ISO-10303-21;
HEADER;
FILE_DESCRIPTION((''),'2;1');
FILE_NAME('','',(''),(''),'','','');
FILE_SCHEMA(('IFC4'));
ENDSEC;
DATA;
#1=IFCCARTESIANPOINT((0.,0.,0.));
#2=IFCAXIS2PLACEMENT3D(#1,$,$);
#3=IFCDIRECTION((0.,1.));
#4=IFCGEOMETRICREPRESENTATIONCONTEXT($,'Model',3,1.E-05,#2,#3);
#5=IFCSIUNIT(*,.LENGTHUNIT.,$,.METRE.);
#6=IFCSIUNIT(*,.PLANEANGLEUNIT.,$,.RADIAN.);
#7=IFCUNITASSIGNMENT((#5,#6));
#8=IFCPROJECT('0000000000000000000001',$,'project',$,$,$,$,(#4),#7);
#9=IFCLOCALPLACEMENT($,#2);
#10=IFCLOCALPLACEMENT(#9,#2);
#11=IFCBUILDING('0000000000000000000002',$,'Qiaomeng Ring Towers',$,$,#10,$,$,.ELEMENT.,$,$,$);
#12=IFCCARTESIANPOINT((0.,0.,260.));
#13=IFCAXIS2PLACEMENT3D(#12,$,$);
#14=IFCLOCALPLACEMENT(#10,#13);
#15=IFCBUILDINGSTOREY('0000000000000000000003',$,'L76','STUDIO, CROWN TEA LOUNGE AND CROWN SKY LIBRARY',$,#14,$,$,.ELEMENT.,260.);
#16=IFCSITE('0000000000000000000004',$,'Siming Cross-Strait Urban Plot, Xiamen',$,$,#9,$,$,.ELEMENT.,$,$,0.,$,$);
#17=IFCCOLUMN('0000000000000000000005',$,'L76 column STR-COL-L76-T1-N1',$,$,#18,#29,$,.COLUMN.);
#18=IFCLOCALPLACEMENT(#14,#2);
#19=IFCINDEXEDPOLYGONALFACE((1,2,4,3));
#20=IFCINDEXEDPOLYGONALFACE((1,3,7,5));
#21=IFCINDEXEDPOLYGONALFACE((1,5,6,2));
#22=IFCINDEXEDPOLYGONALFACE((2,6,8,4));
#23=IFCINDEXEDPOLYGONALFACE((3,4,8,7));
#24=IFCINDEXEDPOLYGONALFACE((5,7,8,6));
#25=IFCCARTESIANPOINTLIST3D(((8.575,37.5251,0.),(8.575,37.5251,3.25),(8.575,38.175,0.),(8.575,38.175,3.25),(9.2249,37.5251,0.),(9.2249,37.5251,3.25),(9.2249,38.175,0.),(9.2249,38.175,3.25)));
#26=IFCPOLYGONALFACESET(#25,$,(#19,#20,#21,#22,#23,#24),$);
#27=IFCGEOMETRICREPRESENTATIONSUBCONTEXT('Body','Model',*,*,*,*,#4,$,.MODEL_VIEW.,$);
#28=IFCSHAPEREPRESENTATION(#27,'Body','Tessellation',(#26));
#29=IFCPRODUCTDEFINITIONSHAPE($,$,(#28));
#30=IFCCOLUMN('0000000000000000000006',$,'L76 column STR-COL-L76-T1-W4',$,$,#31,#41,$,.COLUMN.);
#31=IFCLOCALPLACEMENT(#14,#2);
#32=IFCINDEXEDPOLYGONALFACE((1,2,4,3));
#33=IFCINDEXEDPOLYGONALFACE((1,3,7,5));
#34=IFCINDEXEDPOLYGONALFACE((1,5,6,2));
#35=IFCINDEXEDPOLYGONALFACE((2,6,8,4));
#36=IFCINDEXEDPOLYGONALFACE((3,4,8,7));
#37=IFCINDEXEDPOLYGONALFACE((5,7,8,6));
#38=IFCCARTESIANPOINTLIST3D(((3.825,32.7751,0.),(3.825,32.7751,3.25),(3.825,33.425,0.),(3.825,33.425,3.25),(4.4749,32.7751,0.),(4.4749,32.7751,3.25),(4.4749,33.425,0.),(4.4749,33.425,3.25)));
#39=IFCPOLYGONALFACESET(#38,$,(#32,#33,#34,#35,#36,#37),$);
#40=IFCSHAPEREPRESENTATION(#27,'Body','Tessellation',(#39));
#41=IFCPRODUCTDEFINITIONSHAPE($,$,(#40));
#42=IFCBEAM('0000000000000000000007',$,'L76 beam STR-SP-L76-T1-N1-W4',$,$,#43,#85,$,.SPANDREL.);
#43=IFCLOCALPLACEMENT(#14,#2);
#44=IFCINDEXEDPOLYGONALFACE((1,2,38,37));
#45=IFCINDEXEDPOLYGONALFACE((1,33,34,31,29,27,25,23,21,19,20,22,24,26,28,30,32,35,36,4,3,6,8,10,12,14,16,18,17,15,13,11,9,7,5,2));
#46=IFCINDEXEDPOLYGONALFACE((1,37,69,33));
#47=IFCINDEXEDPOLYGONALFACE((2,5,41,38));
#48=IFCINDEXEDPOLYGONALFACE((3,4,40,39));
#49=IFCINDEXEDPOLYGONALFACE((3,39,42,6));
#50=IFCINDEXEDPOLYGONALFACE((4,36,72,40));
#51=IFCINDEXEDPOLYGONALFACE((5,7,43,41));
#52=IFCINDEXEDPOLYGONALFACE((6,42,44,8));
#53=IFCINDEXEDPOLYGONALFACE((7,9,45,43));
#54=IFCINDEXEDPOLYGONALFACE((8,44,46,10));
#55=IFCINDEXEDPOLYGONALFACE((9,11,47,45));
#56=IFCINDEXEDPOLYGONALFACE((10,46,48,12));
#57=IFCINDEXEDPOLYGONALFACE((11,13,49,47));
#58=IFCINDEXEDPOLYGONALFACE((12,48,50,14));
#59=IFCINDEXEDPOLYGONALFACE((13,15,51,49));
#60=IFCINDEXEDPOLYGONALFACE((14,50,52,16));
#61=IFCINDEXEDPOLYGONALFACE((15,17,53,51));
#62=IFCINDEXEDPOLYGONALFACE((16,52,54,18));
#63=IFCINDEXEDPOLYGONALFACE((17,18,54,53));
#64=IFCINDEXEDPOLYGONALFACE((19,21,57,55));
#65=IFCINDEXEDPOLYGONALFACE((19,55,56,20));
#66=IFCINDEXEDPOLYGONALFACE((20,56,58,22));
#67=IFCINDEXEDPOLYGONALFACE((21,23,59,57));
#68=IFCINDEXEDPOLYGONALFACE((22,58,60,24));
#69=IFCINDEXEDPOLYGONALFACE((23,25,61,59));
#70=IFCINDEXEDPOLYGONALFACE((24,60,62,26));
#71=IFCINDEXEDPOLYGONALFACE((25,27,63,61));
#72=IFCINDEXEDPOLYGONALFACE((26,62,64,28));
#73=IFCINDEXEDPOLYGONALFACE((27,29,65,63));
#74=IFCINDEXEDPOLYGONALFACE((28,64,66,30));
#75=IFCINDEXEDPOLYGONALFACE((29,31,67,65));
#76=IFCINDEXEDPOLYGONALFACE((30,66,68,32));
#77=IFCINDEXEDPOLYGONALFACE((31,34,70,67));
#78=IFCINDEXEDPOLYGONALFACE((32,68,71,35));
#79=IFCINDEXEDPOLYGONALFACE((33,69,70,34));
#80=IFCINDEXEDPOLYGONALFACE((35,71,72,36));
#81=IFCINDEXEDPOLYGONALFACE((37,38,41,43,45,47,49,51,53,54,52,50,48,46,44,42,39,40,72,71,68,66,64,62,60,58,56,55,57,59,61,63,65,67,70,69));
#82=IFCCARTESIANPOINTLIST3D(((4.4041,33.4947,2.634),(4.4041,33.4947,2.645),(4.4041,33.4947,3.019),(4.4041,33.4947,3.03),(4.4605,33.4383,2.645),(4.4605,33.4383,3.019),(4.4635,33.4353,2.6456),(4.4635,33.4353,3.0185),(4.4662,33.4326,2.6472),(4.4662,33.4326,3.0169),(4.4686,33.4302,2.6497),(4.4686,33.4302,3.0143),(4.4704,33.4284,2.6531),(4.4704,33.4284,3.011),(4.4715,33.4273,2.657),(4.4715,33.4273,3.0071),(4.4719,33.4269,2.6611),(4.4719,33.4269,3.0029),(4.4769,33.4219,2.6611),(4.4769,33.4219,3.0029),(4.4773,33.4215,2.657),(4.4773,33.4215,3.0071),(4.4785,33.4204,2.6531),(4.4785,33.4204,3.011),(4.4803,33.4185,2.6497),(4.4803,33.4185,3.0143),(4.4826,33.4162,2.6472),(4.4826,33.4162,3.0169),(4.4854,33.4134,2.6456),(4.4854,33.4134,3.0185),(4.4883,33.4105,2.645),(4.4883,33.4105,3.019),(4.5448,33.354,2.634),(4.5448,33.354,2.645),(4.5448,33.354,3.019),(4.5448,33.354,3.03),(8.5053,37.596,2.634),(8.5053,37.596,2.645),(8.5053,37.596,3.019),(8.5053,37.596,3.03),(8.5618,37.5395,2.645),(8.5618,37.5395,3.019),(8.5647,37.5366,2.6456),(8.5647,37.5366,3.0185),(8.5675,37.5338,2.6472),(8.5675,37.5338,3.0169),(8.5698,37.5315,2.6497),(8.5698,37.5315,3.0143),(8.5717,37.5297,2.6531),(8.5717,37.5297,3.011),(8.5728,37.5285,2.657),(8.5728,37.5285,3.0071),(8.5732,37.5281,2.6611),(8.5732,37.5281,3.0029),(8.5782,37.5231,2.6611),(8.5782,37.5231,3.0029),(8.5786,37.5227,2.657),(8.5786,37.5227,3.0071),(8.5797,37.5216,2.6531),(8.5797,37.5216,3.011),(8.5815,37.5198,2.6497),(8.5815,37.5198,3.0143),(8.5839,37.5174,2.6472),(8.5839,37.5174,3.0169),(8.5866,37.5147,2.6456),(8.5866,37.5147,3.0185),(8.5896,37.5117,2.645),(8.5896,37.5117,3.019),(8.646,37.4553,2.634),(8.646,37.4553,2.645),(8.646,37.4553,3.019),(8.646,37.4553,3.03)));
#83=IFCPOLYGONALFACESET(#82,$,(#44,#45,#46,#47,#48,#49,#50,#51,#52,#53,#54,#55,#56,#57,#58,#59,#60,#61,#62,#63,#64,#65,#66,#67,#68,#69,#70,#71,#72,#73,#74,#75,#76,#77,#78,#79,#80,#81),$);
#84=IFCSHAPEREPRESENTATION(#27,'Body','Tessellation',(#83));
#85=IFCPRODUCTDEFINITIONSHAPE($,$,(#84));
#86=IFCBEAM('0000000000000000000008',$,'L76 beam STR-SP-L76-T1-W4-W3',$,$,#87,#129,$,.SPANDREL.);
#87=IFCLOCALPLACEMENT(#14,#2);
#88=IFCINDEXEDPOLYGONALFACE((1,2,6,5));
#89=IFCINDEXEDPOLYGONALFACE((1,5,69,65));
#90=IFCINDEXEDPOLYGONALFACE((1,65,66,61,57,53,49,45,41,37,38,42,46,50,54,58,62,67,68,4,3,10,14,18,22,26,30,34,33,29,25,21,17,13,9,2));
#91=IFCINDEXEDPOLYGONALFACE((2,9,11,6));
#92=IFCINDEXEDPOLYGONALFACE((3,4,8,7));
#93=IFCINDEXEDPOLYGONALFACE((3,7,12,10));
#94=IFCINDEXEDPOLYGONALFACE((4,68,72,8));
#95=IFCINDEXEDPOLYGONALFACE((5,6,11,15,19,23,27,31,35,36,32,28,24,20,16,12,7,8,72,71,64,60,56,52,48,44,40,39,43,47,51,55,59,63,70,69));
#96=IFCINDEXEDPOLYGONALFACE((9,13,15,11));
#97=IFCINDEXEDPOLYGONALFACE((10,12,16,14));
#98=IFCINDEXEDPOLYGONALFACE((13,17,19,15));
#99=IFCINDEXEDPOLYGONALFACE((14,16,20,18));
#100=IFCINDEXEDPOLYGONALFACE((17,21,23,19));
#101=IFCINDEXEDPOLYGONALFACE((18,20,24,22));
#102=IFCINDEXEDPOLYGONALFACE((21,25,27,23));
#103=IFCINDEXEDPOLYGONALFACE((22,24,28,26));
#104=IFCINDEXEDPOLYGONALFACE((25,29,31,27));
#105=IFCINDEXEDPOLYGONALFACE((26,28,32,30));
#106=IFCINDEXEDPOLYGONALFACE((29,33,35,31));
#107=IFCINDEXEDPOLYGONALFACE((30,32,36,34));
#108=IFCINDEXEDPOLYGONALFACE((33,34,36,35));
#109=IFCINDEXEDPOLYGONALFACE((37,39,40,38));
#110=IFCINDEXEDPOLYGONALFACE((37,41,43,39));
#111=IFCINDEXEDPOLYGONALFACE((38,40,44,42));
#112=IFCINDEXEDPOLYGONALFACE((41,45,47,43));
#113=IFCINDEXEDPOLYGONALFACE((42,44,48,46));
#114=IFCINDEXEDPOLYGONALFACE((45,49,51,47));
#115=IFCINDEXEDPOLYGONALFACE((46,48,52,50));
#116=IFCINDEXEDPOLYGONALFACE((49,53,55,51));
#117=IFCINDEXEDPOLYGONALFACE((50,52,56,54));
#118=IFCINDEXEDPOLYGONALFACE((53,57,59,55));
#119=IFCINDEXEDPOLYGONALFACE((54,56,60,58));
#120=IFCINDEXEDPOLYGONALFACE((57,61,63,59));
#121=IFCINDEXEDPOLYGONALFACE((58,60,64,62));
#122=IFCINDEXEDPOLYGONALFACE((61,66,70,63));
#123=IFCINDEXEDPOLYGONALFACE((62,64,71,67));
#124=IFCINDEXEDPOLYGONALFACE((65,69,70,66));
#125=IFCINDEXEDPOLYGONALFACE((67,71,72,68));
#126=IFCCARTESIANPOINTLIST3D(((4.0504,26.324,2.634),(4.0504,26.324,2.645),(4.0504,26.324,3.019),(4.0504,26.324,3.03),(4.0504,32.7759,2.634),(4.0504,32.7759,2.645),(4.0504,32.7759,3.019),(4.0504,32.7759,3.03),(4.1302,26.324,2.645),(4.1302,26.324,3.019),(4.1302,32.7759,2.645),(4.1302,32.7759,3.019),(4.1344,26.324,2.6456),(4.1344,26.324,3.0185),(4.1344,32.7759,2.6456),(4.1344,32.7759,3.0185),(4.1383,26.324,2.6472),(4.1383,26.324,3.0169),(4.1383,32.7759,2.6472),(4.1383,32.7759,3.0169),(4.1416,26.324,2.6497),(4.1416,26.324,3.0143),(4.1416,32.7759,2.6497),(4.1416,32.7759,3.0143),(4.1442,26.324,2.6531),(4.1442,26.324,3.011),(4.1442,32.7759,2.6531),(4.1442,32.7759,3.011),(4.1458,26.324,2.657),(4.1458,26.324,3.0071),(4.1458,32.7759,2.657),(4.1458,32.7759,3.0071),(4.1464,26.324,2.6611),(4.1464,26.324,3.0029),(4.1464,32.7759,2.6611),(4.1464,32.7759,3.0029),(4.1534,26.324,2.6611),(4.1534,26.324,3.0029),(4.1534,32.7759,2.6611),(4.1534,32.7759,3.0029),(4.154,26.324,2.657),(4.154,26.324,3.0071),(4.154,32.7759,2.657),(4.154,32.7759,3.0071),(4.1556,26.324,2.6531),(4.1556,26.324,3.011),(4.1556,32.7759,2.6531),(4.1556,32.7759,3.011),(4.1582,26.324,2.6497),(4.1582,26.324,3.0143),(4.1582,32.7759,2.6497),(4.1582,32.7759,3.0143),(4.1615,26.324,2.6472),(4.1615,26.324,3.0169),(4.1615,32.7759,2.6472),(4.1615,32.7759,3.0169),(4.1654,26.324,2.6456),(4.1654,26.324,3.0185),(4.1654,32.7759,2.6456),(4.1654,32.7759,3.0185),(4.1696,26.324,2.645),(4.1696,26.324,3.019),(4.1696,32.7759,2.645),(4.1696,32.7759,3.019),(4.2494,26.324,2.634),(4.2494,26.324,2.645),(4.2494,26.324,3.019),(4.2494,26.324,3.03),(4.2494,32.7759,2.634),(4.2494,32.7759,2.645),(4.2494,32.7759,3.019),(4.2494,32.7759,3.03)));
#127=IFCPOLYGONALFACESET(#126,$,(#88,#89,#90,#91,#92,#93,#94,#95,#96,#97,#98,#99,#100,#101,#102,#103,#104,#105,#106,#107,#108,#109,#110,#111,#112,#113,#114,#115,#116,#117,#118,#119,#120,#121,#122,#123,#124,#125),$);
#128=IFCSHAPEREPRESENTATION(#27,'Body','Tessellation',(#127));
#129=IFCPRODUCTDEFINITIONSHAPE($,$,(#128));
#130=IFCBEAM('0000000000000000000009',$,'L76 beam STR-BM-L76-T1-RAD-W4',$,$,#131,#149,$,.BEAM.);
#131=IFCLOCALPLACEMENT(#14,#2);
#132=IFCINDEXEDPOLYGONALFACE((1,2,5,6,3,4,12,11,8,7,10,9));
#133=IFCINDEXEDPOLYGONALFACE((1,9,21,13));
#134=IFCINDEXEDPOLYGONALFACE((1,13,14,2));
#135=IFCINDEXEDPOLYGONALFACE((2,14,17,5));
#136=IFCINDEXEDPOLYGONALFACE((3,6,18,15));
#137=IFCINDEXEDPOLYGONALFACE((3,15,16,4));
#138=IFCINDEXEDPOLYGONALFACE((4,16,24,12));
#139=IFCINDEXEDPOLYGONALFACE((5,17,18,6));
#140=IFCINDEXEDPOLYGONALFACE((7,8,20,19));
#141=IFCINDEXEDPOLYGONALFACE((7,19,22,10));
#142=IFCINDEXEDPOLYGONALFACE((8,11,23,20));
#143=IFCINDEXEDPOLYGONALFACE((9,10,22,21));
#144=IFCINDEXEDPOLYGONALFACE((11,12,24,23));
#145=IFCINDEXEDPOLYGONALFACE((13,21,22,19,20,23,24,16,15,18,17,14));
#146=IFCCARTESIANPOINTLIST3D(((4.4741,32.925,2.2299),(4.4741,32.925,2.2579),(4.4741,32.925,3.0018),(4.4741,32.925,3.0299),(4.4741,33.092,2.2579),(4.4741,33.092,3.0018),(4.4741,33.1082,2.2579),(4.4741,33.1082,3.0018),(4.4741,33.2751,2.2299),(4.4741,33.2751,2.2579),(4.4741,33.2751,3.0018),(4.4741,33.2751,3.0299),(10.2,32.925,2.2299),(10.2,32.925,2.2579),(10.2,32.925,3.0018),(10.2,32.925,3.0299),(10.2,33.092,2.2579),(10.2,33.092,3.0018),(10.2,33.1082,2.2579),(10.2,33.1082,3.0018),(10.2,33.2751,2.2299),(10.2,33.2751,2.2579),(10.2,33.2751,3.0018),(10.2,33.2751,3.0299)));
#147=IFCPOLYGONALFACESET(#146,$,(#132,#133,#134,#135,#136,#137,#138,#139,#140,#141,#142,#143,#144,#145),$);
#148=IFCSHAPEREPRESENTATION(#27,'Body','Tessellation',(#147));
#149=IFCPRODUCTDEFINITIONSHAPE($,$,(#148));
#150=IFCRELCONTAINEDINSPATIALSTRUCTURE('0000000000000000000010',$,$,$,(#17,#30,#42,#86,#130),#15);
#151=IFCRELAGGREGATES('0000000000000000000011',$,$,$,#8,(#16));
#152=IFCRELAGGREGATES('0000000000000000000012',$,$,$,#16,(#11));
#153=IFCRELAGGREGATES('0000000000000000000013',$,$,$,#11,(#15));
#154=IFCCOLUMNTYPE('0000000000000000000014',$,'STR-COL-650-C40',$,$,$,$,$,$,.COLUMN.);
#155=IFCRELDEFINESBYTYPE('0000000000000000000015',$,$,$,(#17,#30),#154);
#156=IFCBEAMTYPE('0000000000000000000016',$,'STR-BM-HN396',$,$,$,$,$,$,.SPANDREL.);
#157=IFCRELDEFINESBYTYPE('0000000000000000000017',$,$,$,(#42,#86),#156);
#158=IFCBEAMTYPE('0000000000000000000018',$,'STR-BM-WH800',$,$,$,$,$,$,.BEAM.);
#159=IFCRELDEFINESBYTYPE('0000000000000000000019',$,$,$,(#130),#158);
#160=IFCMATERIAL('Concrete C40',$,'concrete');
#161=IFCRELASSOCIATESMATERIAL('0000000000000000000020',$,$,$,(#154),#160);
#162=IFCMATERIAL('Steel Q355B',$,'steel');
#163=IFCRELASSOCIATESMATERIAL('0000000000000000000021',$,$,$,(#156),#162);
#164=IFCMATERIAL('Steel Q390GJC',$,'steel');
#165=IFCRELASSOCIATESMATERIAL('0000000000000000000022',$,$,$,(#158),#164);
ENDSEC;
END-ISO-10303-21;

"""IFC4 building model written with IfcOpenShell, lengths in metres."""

from ifc_helpers import new_model, si_unit, direction, frame, origin, origin_2d, place, context, subcontext, project, spatial, rectangle, i_section, extrude, source, transform, mapped, material, material_profile, profile_set, type_object, element, save


model = new_model("IFC4")

# Units and contexts
model_context = context("Model", 3, precision=1e-05, world=origin(), true_north=direction((0.0, 1.0)))
body_context = subcontext(model_context, "Body", "Model", "MODEL_VIEW")
ifc_project = project(units=[si_unit("LENGTHUNIT", "METRE"), si_unit("PLANEANGLEUNIT", "RADIAN")], contexts=[model_context])

# Site, building, storey
site_placement = place(None, origin())
site = spatial("IfcSite", under=ifc_project, at=site_placement, Name="Siming Cross-Strait Urban Plot, Xiamen", CompositionType="ELEMENT", RefElevation=0.0)
building_placement = place(site_placement, origin())
building = spatial("IfcBuilding", under=site, at=building_placement, Name="Qiaomeng Ring Towers", CompositionType="ELEMENT")
storey_placement = place(building_placement, frame((0.0, 0.0, 260.0)))
storey = spatial("IfcBuildingStorey", under=building, at=storey_placement, Name="L76", Description="STUDIO, CROWN TEA LOUNGE AND CROWN SKY LIBRARY", CompositionType="ELEMENT", Elevation=260.0)

# Columns
ifc_material_1 = material(Name="Concrete C40", Category="concrete")
ifc_material_profile_1 = material_profile(ifc_material_1, rectangle(XDim=0.6499, YDim=0.6499, at=origin_2d()), Name="RC COL 650x650")
ifc_profile_set_1 = profile_set([ifc_material_profile_1], Name="Concrete C40")
column_type = type_object("IfcColumnType", Name="STR-COL-650-C40", PredefinedType="COLUMN", material=ifc_profile_set_1)
shared_shape_1 = source(origin(), body_context, "Body", "SweptSolid", [
    extrude(rectangle(XDim=0.6499, YDim=0.6499, at=origin_2d()), origin(), (0.0, 0.0, 1.0), 3.25),
])
for number, where, z_axis, x_axis, name in (
    (1, (8.8999, 37.8501, 0.0), (0.0, 0.0, 1.0), (1.0, 0.0, 0.0), "L76 column STR-COL-L76-T1-N1"),
    (2, (4.1499, 33.1001, 0.0), (0.0, 0.0, 1.0), (1.0, 0.0, 0.0), "L76 column STR-COL-L76-T1-W4"),
):
    element("IfcColumn", number, at=place(storey_placement, frame(where, z_axis=z_axis, x_axis=x_axis)), inside=storey, type_object=column_type, Name=name, PredefinedType="COLUMN", context=body_context, shape_type="MappedRepresentation", body=[
        mapped(shared_shape_1, transform((0.0, 0.0, 0.0), x_axis=(1.0, 0.0, 0.0), y_axis=(0.0, 1.0, 0.0), z_axis=(0.0, 0.0, 1.0), scale=1.0)),
    ])

# Beams
ifc_material_2 = material(Name="Steel Q355B", Category="steel")
ifc_material_profile_2 = material_profile(ifc_material_2, i_section(OverallWidth=0.199, OverallDepth=0.396, WebThickness=0.0071, FlangeThickness=0.011, FilletRadius=0.0161, at=origin_2d()), Name="HN 396x199x7x11")
ifc_profile_set_2 = profile_set([ifc_material_profile_2], Name="Steel Q355B")
beam_type_1 = type_object("IfcBeamType", Name="STR-BM-HN396", PredefinedType="SPANDREL", material=ifc_profile_set_2)
shared_shape_2 = source(origin(), body_context, "Body", "SweptSolid", [
    extrude(i_section(OverallWidth=0.199, OverallDepth=0.396, WebThickness=0.0071, FlangeThickness=0.011, FilletRadius=0.0161, at=origin_2d()), origin(), (0.0, 0.0, 1.0), 5.8),
])
beam_1_placement = place(storey_placement, frame((8.5757, 37.5256, 2.832), z_axis=(-0.707107, -0.707107, 0.0), x_axis=(0.707107, -0.707107, 0.0)))
element("IfcBeam", 3, at=beam_1_placement, inside=storey, type_object=beam_type_1, Name="L76 beam STR-SP-L76-T1-N1-W4", PredefinedType="SPANDREL", context=body_context, shape_type="MappedRepresentation", body=[
    mapped(shared_shape_2, transform((0.0, 0.0, 0.0), x_axis=(1.0, 0.0, 0.0), y_axis=(0.0, 1.0, 0.0), z_axis=(0.0, 0.0, 1.0), scale=1.0)),
])
shared_shape_3 = source(origin(), body_context, "Body", "SweptSolid", [
    extrude(i_section(OverallWidth=0.199, OverallDepth=0.396, WebThickness=0.0071, FlangeThickness=0.011, FilletRadius=0.0161, at=origin_2d()), origin(), (0.0, 0.0, 1.0), 6.4519),
])
beam_2_placement = place(storey_placement, frame((4.1499, 32.7759, 2.832), z_axis=(0.0, -1.0, 0.0), x_axis=(1.0, 0.0, 0.0)))
element("IfcBeam", 4, at=beam_2_placement, inside=storey, type_object=beam_type_1, Name="L76 beam STR-SP-L76-T1-W4-W3", PredefinedType="SPANDREL", context=body_context, shape_type="MappedRepresentation", body=[
    mapped(shared_shape_3, transform((0.0, 0.0, 0.0), x_axis=(1.0, 0.0, 0.0), y_axis=(0.0, 1.0, 0.0), z_axis=(0.0, 0.0, 1.0), scale=1.0)),
])
ifc_material_3 = material(Name="Steel Q390GJC", Category="steel")
ifc_material_profile_3 = material_profile(ifc_material_3, i_section(OverallWidth=0.3501, OverallDepth=0.8, WebThickness=0.0161, FlangeThickness=0.0281, at=origin_2d()), Name="WH 800x350x16x28")
ifc_profile_set_3 = profile_set([ifc_material_profile_3], Name="Steel Q390GJC")
beam_type_2 = type_object("IfcBeamType", Name="STR-BM-WH800", PredefinedType="BEAM", material=ifc_profile_set_3)
shared_shape_4 = source(origin(), body_context, "Body", "SweptSolid", [
    extrude(i_section(OverallWidth=0.3501, OverallDepth=0.8, WebThickness=0.0161, FlangeThickness=0.0281, at=origin_2d()), origin(), (0.0, 0.0, 1.0), 5.7258),
])
beam_3_placement = place(storey_placement, frame((4.4741, 33.1001, 2.6299), z_axis=(1.0, 0.0, 0.0), x_axis=(0.0, 1.0, 0.0)))
element("IfcBeam", 5, at=beam_3_placement, inside=storey, type_object=beam_type_2, Name="L76 beam STR-BM-L76-T1-RAD-W4", PredefinedType="BEAM", context=body_context, shape_type="MappedRepresentation", body=[
    mapped(shared_shape_4, transform((0.0, 0.0, 0.0), x_axis=(1.0, 0.0, 0.0), y_axis=(0.0, 1.0, 0.0), z_axis=(0.0, 0.0, 1.0), scale=1.0)),
])

save(model, "model.ifc")
